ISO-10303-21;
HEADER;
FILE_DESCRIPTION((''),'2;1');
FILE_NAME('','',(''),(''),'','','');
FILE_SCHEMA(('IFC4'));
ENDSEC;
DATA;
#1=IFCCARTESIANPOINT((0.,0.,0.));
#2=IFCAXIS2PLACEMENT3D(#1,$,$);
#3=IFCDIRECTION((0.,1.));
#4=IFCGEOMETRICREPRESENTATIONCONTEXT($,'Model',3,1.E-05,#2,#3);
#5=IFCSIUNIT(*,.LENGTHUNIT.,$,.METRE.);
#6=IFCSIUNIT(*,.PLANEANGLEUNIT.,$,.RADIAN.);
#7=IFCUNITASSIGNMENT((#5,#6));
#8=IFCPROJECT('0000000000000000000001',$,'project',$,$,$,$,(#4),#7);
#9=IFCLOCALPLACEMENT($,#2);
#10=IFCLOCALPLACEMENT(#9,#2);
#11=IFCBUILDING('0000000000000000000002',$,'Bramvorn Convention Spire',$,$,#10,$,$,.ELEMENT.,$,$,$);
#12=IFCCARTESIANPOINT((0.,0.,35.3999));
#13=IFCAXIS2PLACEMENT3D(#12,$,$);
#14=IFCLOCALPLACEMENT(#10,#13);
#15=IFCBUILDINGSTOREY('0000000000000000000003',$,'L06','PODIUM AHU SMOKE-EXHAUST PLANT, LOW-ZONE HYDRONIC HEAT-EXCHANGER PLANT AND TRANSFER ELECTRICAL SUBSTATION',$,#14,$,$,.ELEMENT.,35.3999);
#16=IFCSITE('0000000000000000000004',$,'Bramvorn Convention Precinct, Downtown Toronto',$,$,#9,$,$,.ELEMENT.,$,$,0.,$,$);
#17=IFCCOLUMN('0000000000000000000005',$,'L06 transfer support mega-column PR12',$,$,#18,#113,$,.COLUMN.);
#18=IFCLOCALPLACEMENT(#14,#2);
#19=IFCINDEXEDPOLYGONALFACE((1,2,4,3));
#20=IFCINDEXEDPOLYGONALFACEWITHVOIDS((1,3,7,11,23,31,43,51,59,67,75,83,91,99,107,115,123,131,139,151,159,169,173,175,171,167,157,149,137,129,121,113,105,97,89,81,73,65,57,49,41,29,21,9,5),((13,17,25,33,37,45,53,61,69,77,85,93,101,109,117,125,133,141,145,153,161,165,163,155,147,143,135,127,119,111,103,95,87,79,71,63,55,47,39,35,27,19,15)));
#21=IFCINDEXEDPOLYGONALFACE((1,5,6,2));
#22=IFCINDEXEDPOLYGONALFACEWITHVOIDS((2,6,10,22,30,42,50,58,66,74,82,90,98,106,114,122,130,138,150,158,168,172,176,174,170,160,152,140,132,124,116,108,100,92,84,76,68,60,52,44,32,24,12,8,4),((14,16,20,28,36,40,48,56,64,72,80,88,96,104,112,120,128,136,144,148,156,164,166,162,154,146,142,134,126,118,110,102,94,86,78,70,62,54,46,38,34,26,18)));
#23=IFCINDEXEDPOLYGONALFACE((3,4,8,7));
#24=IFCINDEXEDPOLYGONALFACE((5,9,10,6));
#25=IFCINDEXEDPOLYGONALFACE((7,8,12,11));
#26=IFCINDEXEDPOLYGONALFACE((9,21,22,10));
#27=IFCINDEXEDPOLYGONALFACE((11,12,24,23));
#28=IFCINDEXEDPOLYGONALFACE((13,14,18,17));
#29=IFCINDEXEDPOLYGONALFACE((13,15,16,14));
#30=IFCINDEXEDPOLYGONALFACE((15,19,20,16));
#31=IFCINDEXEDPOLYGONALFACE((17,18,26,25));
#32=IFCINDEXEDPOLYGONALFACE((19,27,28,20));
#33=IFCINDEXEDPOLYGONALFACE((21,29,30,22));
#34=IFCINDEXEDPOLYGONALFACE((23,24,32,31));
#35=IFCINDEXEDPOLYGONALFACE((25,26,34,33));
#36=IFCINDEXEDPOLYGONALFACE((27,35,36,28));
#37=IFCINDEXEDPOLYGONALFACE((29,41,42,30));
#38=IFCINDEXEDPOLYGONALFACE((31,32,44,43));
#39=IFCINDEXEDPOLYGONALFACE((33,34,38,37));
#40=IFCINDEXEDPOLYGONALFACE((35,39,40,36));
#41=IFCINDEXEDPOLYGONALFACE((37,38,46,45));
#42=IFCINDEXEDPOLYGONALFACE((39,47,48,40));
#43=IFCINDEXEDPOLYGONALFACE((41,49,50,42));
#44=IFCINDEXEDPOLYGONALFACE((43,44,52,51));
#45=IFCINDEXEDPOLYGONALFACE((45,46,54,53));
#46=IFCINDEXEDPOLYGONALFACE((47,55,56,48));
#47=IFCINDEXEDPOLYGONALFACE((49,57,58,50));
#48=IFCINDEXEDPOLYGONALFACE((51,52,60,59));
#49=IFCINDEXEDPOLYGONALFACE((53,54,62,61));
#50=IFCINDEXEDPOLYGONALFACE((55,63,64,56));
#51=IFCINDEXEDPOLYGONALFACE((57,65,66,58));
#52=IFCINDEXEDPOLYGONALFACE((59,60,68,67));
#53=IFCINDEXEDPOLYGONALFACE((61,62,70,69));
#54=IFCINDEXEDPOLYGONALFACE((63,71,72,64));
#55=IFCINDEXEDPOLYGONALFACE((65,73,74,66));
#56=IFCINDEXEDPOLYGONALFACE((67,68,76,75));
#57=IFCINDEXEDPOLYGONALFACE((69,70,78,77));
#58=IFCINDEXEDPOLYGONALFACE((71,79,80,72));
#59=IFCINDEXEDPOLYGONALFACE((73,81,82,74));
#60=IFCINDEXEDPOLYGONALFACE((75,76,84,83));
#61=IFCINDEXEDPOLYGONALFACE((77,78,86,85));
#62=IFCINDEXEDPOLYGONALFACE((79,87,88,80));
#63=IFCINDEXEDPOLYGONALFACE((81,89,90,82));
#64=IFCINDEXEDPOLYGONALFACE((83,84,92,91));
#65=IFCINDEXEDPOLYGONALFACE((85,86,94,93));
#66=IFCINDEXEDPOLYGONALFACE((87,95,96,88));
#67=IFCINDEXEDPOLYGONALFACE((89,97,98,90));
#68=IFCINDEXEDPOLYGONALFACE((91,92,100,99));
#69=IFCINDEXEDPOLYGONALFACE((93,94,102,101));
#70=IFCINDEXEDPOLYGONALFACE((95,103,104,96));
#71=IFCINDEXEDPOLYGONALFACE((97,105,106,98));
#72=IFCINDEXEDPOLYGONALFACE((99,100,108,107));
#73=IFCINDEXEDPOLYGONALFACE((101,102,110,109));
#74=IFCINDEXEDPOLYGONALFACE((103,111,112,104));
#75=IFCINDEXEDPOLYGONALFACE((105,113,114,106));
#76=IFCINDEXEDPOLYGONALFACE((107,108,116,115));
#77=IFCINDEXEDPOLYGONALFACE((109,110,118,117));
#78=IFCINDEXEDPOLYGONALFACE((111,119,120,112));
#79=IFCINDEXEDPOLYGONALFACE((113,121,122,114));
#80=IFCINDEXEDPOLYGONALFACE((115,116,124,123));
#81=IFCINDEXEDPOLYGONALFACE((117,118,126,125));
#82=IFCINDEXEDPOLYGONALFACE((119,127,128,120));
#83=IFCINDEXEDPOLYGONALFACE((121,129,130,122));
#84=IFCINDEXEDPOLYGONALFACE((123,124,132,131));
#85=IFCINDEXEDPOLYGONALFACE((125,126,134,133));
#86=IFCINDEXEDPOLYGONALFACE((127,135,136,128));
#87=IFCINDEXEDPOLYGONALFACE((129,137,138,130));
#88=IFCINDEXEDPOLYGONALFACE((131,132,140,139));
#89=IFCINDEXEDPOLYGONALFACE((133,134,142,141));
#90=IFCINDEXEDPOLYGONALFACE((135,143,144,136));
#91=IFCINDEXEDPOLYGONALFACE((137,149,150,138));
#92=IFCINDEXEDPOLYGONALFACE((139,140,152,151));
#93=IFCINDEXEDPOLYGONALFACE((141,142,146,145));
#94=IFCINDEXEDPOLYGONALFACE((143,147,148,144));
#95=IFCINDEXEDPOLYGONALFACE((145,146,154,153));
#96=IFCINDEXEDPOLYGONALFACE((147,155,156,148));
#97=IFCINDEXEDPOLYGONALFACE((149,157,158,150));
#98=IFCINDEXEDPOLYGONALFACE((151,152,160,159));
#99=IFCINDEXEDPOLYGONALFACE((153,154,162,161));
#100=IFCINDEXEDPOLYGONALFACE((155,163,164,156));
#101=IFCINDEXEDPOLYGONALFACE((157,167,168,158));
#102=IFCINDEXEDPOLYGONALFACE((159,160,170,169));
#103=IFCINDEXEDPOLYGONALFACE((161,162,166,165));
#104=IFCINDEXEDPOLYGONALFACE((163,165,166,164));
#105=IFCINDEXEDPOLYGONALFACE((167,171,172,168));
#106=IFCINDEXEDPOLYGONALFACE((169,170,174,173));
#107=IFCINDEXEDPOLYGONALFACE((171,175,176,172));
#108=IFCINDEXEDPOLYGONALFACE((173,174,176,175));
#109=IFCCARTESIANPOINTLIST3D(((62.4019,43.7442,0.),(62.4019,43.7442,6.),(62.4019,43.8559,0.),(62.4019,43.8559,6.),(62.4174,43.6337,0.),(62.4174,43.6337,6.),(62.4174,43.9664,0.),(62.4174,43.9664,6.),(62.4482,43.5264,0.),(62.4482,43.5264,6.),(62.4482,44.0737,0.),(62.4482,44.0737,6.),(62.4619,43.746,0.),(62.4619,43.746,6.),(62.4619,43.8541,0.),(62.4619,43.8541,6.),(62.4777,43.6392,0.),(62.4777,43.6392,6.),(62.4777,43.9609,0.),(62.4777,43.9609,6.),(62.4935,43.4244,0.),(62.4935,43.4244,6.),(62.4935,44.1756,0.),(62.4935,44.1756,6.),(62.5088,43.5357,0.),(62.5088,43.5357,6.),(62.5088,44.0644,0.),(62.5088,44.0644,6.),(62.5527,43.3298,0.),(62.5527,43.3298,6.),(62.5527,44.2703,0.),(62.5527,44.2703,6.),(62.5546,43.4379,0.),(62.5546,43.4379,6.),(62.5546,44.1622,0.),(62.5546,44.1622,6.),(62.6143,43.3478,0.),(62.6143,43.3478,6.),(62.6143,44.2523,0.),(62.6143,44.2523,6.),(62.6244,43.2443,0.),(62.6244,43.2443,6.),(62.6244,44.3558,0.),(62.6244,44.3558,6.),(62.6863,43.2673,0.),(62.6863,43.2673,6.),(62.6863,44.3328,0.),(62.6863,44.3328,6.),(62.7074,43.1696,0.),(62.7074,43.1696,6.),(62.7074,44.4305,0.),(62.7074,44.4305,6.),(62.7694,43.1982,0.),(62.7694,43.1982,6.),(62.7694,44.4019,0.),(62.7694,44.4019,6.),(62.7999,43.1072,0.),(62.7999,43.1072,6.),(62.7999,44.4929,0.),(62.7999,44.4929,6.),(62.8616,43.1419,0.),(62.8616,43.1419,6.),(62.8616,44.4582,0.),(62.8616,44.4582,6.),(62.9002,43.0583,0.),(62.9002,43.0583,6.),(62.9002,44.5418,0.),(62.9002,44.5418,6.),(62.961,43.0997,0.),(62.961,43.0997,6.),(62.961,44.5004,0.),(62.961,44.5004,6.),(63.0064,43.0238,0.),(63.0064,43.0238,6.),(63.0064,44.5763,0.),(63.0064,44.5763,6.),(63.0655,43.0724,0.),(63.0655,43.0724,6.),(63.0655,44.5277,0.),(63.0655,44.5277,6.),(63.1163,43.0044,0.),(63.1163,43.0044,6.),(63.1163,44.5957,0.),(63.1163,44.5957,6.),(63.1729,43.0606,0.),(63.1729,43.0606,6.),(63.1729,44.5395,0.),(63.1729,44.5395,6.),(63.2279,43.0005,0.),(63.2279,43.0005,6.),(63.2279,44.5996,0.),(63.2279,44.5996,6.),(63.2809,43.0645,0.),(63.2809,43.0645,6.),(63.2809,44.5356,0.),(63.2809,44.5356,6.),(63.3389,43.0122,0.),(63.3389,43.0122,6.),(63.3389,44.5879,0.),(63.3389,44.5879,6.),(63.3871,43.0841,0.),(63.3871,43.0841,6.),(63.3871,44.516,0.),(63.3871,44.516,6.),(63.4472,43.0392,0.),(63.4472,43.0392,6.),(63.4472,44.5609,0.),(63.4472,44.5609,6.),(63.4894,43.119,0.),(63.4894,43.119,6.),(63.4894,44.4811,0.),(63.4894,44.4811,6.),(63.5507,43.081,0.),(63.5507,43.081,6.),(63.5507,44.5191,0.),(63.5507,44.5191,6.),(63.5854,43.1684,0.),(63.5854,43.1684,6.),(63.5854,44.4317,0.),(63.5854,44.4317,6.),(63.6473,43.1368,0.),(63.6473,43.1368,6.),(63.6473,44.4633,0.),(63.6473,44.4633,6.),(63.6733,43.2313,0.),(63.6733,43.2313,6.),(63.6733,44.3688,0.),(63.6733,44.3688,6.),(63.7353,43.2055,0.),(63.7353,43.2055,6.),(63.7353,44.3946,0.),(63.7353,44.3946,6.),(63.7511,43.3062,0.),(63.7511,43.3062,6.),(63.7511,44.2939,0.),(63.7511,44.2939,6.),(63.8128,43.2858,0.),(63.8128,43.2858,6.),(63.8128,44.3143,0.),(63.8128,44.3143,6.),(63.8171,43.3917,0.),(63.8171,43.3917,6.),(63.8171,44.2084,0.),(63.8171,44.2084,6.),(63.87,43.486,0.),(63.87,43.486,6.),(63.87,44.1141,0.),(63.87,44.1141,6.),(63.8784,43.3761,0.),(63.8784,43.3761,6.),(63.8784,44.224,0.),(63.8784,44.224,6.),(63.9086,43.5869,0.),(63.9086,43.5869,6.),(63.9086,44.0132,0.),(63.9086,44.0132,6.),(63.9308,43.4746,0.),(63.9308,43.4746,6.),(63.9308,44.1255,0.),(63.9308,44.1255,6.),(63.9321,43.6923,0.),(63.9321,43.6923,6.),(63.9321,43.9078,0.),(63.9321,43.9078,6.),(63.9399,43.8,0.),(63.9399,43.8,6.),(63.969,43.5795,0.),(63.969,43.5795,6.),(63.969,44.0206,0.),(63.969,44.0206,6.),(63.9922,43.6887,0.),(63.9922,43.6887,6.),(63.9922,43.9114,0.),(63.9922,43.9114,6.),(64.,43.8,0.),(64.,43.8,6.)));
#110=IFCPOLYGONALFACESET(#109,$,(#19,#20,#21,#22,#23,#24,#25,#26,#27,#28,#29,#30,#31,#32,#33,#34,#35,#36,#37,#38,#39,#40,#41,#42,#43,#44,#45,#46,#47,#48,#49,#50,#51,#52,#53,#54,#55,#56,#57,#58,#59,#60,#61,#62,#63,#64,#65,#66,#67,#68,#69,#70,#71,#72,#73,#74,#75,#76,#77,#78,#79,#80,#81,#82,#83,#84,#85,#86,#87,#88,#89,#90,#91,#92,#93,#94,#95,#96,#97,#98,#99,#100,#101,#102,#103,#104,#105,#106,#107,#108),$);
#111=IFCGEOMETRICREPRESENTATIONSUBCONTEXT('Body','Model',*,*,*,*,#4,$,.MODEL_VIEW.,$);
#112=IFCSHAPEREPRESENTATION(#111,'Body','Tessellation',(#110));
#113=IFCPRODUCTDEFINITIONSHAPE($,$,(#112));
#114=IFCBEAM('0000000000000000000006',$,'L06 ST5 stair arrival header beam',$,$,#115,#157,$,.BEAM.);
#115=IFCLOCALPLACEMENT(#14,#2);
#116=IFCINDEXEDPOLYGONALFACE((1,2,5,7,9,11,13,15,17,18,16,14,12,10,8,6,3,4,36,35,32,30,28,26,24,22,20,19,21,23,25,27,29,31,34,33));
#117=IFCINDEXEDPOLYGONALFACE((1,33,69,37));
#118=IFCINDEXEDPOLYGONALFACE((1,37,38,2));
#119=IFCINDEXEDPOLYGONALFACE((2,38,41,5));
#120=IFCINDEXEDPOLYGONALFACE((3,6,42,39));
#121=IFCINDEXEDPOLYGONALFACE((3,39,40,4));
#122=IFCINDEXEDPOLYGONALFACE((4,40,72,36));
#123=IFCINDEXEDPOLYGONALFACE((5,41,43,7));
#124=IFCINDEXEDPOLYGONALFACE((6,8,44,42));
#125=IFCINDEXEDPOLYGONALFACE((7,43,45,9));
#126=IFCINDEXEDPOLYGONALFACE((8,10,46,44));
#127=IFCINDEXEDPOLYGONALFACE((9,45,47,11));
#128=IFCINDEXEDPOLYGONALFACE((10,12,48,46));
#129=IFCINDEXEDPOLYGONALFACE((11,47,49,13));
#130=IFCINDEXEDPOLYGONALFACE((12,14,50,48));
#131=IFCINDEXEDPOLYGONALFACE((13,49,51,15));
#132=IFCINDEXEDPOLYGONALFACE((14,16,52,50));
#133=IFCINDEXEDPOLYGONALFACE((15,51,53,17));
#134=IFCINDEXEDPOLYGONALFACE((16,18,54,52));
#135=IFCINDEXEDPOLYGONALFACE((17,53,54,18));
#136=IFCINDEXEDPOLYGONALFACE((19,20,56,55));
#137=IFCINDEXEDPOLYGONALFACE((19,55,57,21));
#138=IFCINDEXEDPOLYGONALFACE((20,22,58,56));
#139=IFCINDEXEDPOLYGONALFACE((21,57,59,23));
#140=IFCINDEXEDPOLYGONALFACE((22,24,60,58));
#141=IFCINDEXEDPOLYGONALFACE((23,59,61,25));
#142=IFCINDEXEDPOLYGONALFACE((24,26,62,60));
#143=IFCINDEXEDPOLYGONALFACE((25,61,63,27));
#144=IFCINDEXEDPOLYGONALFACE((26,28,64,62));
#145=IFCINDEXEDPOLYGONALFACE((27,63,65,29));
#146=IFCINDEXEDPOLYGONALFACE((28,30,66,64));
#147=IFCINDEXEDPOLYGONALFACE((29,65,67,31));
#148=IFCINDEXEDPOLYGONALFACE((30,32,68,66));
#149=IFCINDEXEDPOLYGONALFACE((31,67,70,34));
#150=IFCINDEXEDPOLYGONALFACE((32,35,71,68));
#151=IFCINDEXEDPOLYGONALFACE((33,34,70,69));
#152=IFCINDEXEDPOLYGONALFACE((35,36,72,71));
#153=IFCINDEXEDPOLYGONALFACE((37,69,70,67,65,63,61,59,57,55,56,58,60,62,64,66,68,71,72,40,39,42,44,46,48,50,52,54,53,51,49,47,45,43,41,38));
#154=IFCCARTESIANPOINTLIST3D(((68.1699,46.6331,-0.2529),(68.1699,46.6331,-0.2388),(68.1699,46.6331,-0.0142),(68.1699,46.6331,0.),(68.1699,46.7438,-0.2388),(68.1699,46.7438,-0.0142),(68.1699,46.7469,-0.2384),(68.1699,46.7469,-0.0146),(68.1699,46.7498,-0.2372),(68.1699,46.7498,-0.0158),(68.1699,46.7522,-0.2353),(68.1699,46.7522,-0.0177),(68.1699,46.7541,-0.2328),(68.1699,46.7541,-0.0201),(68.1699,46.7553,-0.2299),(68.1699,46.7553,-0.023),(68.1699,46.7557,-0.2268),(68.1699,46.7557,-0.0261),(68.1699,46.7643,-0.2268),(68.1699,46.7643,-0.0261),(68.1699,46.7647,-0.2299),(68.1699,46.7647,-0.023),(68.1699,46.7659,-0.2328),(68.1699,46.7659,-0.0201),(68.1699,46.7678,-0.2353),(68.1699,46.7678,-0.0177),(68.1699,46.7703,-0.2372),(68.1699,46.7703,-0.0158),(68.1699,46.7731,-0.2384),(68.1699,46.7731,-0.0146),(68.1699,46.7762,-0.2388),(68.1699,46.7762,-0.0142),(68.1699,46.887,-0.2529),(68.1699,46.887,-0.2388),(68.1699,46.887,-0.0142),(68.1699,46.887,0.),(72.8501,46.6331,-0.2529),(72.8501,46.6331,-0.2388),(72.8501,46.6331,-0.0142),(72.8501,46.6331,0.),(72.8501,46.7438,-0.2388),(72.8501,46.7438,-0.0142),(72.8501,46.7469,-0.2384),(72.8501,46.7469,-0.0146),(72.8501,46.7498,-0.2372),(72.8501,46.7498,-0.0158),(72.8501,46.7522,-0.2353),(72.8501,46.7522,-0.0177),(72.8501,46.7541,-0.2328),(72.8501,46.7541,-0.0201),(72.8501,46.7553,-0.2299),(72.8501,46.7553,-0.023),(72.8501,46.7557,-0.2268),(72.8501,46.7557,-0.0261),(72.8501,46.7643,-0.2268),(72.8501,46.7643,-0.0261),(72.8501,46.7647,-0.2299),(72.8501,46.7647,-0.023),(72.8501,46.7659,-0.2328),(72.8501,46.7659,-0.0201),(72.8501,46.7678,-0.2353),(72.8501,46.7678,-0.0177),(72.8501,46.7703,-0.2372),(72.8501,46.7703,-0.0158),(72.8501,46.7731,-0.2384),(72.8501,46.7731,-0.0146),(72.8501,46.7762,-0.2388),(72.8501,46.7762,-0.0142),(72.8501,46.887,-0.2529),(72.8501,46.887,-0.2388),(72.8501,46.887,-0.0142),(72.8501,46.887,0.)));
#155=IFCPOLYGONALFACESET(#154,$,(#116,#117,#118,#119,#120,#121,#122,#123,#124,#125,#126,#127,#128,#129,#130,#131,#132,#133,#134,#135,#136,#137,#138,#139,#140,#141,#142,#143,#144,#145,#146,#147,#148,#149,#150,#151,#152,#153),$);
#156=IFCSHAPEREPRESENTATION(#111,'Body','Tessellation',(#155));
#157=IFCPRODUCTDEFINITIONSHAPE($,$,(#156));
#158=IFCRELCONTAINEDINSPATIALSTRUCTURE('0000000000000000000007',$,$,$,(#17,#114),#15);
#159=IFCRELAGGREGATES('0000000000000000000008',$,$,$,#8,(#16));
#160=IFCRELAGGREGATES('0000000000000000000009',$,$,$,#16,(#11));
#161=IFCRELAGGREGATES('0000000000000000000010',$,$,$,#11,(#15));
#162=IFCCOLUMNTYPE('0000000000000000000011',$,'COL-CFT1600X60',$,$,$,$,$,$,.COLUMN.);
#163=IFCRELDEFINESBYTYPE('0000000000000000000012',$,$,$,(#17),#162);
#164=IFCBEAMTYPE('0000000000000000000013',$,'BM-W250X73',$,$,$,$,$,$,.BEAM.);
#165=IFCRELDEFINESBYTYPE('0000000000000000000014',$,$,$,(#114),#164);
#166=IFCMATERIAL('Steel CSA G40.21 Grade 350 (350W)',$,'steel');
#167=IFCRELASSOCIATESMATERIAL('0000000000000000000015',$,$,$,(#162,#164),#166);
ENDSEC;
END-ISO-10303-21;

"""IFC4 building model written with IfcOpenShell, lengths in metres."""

from ifc_helpers import new_model, si_unit, direction, frame, origin, origin_2d, place, context, subcontext, project, spatial, hollow_circle, i_section, extrude, material, material_profile, profile_set, type_object, element, save


model = new_model("IFC4")

# Units and contexts
model_context = context("Model", 3, precision=1e-05, world=origin(), true_north=direction((0.0, 1.0)))
body_context = subcontext(model_context, "Body", "Model", "MODEL_VIEW")
ifc_project = project(units=[si_unit("LENGTHUNIT", "METRE"), si_unit("PLANEANGLEUNIT", "RADIAN")], contexts=[model_context])

# Site, building, storey
site_placement = place(None, origin())
site = spatial("IfcSite", under=ifc_project, at=site_placement, Name="Bramvorn Convention Precinct, Downtown Toronto", CompositionType="ELEMENT", RefElevation=0.0)
building_placement = place(site_placement, origin())
building = spatial("IfcBuilding", under=site, at=building_placement, Name="Bramvorn Convention Spire", CompositionType="ELEMENT")
storey_placement = place(building_placement, frame((0.0, 0.0, 35.3999)))
storey = spatial("IfcBuildingStorey", under=building, at=storey_placement, Name="L06", Description="PODIUM AHU SMOKE-EXHAUST PLANT, LOW-ZONE HYDRONIC HEAT-EXCHANGER PLANT AND TRANSFER ELECTRICAL SUBSTATION", CompositionType="ELEMENT", Elevation=35.3999)

# Column
ifc_material_1 = material(Name="Steel CSA G40.21 Grade 350 (350W)", Category="steel")
ifc_material_profile_1 = material_profile(ifc_material_1, hollow_circle(Radius=0.8, WallThickness=0.0601, at=origin_2d()))
ifc_profile_set_1 = profile_set([ifc_material_profile_1], Name="Steel CSA G40.21 Grade 350 (350W) - CFT1600X60")
column_type = type_object("IfcColumnType", Name="COL-CFT1600X60", PredefinedType="COLUMN", material=ifc_profile_set_1)
column_placement = place(storey_placement, frame((63.2, 43.8, 0.0), z_axis=(0.0, 0.0, 1.0), x_axis=(1.0, 0.0, 0.0)))
element("IfcColumn", 1, at=column_placement, inside=storey, type_object=column_type, Name="L06 transfer support mega-column PR12", PredefinedType="COLUMN", context=body_context, shape_type="SweptSolid", body=[
    extrude(hollow_circle(Radius=0.8, WallThickness=0.0601, at=origin_2d()), origin(), (0.0, 0.0, 1.0), 6.0),
])

# Beam
ifc_material_profile_2 = material_profile(ifc_material_1, i_section(OverallWidth=0.2539, OverallDepth=0.2529, WebThickness=0.0085, FlangeThickness=0.0142, FilletRadius=0.012, at=origin_2d()))
ifc_profile_set_2 = profile_set([ifc_material_profile_2], Name="Steel CSA G40.21 Grade 350 (350W) - W250X73")
beam_type_1 = type_object("IfcBeamType", Name="BM-W250X73", PredefinedType="BEAM", material=ifc_profile_set_2)
beam_1_placement = place(storey_placement, frame((68.1699, 46.76, -0.1265), z_axis=(1.0, 0.0, 0.0), x_axis=(0.0, 1.0, 0.0)))
element("IfcBeam", 2, at=beam_1_placement, inside=storey, type_object=beam_type_1, Name="L06 ST5 stair arrival header beam", PredefinedType="BEAM", context=body_context, shape_type="SweptSolid", body=[
    extrude(i_section(OverallWidth=0.2539, OverallDepth=0.2529, WebThickness=0.0085, FlangeThickness=0.0142, FilletRadius=0.012, at=origin_2d()), origin(), (0.0, 0.0, 1.0), 4.6802),
])

save(model, "model.ifc")
